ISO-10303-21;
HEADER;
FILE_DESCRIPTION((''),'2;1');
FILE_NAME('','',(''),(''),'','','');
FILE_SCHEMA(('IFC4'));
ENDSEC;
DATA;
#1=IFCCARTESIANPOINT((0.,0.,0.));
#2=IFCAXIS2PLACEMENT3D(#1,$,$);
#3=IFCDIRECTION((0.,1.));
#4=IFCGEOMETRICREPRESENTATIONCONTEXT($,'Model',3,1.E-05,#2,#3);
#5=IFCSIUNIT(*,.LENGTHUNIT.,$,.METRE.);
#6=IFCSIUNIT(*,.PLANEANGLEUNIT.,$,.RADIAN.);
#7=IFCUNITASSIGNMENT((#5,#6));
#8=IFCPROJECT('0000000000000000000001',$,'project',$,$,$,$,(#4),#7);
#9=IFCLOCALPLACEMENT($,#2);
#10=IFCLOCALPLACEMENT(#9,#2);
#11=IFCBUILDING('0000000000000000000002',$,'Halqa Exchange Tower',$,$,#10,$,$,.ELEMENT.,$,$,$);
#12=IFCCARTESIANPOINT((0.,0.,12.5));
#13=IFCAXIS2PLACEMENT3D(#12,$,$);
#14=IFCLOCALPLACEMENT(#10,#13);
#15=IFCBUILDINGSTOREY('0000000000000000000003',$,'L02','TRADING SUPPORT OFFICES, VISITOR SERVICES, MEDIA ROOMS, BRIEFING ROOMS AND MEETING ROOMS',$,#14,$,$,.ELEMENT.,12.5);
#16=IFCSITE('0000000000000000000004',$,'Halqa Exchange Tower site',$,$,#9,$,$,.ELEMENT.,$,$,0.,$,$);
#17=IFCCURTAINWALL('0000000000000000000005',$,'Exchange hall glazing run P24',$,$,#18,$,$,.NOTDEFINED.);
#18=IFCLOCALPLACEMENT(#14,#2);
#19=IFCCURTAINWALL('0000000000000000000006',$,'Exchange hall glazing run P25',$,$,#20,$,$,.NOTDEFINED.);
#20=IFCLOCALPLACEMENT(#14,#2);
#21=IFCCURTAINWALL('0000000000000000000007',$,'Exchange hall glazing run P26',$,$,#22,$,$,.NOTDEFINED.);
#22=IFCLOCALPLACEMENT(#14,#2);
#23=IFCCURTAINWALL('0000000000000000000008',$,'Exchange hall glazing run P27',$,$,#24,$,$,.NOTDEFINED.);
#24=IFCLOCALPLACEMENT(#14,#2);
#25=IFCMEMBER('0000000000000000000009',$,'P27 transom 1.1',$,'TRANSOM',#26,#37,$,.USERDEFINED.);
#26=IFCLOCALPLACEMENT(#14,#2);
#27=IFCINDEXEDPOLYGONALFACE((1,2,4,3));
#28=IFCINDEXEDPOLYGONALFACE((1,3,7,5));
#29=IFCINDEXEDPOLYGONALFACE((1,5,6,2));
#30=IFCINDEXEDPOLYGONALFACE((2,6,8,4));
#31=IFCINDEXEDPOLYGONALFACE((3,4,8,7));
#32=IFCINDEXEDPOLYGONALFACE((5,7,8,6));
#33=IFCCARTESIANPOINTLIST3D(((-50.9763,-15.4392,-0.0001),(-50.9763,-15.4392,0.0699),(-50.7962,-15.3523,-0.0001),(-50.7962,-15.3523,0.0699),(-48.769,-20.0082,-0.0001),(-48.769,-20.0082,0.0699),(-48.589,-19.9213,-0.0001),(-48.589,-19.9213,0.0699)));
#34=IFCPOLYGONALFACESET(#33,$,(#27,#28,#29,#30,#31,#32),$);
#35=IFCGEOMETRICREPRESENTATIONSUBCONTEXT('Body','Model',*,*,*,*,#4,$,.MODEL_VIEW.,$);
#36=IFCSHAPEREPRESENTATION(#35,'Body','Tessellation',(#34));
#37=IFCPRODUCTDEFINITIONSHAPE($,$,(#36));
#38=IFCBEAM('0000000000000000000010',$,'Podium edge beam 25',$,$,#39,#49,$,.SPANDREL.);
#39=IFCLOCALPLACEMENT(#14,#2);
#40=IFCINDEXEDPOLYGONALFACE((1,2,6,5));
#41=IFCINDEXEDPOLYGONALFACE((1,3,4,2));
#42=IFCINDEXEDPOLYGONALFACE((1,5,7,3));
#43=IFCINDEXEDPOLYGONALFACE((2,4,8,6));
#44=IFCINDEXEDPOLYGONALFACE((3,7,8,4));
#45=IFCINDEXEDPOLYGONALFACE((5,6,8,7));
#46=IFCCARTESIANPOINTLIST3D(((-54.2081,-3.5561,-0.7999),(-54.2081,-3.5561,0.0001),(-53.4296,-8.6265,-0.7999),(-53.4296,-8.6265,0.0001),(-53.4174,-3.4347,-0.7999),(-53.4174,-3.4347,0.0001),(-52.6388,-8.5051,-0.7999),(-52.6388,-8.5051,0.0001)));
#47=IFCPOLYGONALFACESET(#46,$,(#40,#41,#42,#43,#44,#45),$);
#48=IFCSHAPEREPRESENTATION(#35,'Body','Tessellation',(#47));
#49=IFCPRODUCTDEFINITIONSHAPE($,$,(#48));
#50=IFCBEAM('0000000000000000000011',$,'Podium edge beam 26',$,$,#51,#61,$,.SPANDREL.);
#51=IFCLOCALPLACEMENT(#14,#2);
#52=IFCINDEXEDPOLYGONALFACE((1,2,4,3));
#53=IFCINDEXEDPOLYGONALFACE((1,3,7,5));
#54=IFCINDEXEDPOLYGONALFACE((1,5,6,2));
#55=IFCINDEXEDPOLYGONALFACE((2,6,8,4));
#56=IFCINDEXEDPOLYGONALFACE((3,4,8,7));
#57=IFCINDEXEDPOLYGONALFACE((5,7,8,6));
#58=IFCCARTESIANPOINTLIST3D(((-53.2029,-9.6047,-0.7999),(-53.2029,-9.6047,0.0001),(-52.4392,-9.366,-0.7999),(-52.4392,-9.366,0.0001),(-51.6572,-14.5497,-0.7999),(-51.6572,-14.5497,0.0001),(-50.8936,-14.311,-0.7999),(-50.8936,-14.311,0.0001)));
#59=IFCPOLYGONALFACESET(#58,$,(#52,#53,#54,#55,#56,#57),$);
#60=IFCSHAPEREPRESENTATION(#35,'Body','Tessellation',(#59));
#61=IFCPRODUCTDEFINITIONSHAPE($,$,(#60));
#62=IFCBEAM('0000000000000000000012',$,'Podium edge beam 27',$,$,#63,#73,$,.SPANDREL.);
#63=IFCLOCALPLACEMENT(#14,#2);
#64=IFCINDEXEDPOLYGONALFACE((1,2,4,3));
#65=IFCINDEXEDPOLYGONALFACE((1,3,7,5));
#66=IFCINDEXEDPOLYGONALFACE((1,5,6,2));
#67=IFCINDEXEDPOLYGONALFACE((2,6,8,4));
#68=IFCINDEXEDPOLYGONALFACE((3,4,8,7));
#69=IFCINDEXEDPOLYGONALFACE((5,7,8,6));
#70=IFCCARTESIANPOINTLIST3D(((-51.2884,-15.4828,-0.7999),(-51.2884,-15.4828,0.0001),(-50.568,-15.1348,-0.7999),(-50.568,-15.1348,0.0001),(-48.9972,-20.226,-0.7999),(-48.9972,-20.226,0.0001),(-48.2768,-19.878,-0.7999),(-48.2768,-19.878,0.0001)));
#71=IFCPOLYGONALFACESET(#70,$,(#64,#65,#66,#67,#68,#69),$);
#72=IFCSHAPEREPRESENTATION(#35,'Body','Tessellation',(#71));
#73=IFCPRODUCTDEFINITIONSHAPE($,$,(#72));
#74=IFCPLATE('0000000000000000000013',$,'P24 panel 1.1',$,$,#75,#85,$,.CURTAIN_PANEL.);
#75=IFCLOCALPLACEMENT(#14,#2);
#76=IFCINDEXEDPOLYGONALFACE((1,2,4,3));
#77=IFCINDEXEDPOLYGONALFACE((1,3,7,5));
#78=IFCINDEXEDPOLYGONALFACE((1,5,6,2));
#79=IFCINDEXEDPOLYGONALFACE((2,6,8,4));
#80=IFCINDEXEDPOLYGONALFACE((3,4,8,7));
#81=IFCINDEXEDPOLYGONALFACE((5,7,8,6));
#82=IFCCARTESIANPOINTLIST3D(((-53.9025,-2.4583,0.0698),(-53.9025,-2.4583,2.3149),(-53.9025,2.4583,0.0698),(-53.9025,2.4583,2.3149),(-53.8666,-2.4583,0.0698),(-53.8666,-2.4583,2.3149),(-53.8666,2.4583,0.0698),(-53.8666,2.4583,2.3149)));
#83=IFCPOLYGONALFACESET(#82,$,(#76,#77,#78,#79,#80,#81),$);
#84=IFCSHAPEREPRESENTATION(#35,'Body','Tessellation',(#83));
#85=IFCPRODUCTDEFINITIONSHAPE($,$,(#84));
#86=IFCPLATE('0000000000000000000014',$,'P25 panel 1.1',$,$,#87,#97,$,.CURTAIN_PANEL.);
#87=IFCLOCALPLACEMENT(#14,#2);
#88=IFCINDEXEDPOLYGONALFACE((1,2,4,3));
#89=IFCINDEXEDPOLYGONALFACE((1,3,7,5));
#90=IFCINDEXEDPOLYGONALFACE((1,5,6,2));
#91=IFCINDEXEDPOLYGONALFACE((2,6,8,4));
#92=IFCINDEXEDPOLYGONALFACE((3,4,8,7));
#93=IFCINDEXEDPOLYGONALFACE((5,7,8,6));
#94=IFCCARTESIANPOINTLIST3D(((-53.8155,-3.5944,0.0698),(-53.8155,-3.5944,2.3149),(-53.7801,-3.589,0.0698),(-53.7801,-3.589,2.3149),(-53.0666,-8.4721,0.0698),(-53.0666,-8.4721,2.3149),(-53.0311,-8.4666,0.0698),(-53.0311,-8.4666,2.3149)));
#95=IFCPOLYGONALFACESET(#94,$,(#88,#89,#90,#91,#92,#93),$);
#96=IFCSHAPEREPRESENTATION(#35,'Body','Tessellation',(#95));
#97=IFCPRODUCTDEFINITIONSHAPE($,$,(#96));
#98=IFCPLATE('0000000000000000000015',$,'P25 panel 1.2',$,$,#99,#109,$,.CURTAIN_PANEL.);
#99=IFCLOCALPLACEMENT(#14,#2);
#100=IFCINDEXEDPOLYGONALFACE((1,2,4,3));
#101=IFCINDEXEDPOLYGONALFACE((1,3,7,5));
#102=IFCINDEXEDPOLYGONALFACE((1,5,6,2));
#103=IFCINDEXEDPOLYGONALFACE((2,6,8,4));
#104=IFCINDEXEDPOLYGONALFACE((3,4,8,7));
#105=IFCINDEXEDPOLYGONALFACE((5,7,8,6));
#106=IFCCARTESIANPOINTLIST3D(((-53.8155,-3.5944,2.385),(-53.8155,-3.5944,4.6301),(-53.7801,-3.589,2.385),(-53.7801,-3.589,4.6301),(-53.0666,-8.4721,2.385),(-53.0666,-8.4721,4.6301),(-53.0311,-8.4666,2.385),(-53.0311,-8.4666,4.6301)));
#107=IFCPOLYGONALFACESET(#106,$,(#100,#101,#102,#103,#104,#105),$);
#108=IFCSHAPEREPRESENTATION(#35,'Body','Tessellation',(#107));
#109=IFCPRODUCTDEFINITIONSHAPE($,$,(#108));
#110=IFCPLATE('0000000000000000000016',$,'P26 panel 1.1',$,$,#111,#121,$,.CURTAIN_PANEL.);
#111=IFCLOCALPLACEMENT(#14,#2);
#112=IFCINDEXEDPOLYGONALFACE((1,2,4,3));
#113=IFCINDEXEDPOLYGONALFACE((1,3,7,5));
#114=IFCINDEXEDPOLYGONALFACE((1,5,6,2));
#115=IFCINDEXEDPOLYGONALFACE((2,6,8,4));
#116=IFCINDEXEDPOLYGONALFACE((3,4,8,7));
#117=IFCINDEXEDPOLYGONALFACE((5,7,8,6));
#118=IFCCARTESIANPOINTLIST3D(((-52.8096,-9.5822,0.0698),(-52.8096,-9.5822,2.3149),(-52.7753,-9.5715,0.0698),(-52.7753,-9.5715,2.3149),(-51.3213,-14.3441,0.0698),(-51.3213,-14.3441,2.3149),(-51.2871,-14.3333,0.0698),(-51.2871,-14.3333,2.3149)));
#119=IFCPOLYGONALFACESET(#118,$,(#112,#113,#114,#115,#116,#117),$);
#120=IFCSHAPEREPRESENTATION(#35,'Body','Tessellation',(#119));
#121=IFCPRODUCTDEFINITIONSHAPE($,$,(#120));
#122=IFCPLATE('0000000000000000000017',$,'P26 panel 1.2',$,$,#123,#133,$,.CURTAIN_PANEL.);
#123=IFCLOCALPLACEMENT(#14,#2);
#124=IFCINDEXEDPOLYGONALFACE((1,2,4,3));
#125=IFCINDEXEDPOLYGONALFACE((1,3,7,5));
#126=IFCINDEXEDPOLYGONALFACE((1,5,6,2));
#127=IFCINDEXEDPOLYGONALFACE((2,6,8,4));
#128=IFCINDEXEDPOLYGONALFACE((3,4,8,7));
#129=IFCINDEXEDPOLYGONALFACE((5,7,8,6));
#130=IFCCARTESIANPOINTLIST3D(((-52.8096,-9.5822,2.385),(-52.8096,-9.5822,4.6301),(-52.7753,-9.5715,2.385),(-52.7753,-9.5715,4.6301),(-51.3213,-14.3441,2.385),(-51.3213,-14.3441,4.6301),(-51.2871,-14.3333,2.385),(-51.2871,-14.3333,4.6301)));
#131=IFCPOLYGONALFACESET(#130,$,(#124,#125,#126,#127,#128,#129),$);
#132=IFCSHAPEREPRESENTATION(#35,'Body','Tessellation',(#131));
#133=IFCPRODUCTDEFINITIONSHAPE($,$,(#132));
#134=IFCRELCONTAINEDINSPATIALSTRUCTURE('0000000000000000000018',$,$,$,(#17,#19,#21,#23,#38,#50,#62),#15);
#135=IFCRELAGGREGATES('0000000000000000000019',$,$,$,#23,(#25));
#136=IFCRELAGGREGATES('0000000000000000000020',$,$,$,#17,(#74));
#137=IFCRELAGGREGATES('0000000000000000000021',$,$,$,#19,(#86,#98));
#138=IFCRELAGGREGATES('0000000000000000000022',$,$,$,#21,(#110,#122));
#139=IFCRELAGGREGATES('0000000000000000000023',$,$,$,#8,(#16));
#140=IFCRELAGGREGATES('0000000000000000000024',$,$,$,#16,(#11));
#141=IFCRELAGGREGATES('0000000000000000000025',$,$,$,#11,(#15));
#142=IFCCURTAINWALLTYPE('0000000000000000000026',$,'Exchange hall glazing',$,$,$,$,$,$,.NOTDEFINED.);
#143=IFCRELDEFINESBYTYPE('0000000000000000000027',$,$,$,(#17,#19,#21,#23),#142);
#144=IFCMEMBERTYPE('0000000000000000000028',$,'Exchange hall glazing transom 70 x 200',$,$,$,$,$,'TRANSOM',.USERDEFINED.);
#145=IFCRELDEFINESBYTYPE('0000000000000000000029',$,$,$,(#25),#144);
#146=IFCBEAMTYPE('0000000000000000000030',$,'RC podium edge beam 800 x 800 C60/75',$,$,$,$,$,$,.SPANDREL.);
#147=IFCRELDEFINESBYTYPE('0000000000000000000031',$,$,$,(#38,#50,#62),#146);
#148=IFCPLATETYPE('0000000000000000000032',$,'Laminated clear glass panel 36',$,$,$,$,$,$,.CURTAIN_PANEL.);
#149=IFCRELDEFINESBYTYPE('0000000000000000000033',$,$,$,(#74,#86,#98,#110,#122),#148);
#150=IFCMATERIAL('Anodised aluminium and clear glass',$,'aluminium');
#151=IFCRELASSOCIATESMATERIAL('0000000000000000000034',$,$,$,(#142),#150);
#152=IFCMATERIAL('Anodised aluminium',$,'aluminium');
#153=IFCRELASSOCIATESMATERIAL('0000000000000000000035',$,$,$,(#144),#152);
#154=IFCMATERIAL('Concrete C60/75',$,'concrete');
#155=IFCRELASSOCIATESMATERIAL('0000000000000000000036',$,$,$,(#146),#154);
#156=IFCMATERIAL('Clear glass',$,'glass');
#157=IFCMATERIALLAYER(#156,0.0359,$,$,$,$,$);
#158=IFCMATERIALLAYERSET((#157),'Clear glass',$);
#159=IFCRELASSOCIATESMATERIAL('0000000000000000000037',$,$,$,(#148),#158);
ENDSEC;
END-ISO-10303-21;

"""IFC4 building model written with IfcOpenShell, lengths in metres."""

from ifc_helpers import new_model, si_unit, direction, frame, origin, origin_2d, place, context, subcontext, project, spatial, rectangle, extrude, material, layer, layer_set, material_profile, profile_set, type_object, element, aggregate, save


model = new_model("IFC4")

# Units and contexts
model_context = context("Model", 3, precision=1e-05, world=origin(), true_north=direction((0.0, 1.0)))
body_context = subcontext(model_context, "Body", "Model", "MODEL_VIEW")
ifc_project = project(units=[si_unit("LENGTHUNIT", "METRE"), si_unit("PLANEANGLEUNIT", "RADIAN")], contexts=[model_context])

# Site, building, storey
site_placement = place(None, origin())
site = spatial("IfcSite", under=ifc_project, at=site_placement, Name="Halqa Exchange Tower site", CompositionType="ELEMENT", RefElevation=0.0)
building_placement = place(site_placement, origin())
building = spatial("IfcBuilding", under=site, at=building_placement, Name="Halqa Exchange Tower", CompositionType="ELEMENT")
storey_placement = place(building_placement, frame((0.0, 0.0, 12.5)))
storey = spatial("IfcBuildingStorey", under=building, at=storey_placement, Name="L02", Description="TRADING SUPPORT OFFICES, VISITOR SERVICES, MEDIA ROOMS, BRIEFING ROOMS AND MEETING ROOMS", CompositionType="ELEMENT", Elevation=12.5)

# Shared definitions
ifc_material_1 = material(Name="Concrete C60/75", Category="concrete")

# Curtain wall
ifc_material_2 = material(Name="Anodised aluminium and clear glass", Category="aluminium")
curtain_wall_type = type_object("IfcCurtainWallType", Name="Exchange hall glazing", PredefinedType="NOTDEFINED", material=ifc_material_2)
curtain_wall_1_placement = place(storey_placement, origin())
curtain_wall_1 = element("IfcCurtainWall", 1, at=curtain_wall_1_placement, inside=storey, type_object=curtain_wall_type, Name="Exchange hall glazing run P24", PredefinedType="NOTDEFINED")
ifc_material_3 = material(Name="Anodised aluminium", Category="aluminium")

# Curtain walls
curtain_wall_2_placement = place(storey_placement, origin())
curtain_wall_2 = element("IfcCurtainWall", 2, at=curtain_wall_2_placement, inside=storey, type_object=curtain_wall_type, Name="Exchange hall glazing run P25", PredefinedType="NOTDEFINED")
curtain_wall_3_placement = place(storey_placement, origin())
curtain_wall_3 = element("IfcCurtainWall", 3, at=curtain_wall_3_placement, inside=storey, type_object=curtain_wall_type, Name="Exchange hall glazing run P26", PredefinedType="NOTDEFINED")

# Curtain wall
curtain_wall_4_placement = place(storey_placement, origin())
curtain_wall_4 = element("IfcCurtainWall", 4, at=curtain_wall_4_placement, inside=storey, type_object=curtain_wall_type, Name="Exchange hall glazing run P27", PredefinedType="NOTDEFINED")

# Member
ifc_material_profile_1 = material_profile(ifc_material_3, rectangle(XDim=0.2, YDim=0.0701, at=origin_2d()), Name="AL 70x200")
ifc_profile_set_1 = profile_set([ifc_material_profile_1], Name="Anodised aluminium")
member_type_1 = type_object("IfcMemberType", Name="Exchange hall glazing transom 70 x 200", ElementType="TRANSOM", PredefinedType="USERDEFINED", material=ifc_profile_set_1)
member_1_placement = place(storey_placement, frame((-50.8862, -15.3958, 0.0349), z_axis=(0.43499, -0.900435, 0.0), x_axis=(0.900435, 0.43499, 0.0)))
member_1 = element("IfcMember", 5, at=member_1_placement, type_object=member_type_1, Name="P27 transom 1.1", ObjectType="TRANSOM", PredefinedType="USERDEFINED", context=body_context, shape_type="SweptSolid", body=[
    extrude(rectangle(XDim=0.2, YDim=0.0701, at=origin_2d()), origin(), (0.0, 0.0, 1.0), 5.0742),
])
aggregate(curtain_wall_4, [member_1])

# Beams
ifc_material_profile_2 = material_profile(ifc_material_1, rectangle(XDim=0.8, YDim=0.8, at=origin_2d()), Name="800 x 800")
ifc_profile_set_2 = profile_set([ifc_material_profile_2], Name="Concrete C60/75")
beam_type = type_object("IfcBeamType", Name="RC podium edge beam 800 x 800 C60/75", PredefinedType="SPANDREL", material=ifc_profile_set_2)
beam_1_placement = place(storey_placement, frame((-53.8127, -3.4954, -0.3999), z_axis=(0.151768, -0.988416, 0.0), x_axis=(0.988416, 0.151768, 0.0)))
element("IfcBeam", 6, at=beam_1_placement, inside=storey, type_object=beam_type, Name="Podium edge beam 25", PredefinedType="SPANDREL", context=body_context, shape_type="SweptSolid", body=[
    extrude(rectangle(XDim=0.8, YDim=0.8, at=origin_2d()), origin(), (0.0, 0.0, 1.0), 5.1299),
])
beam_2_placement = place(storey_placement, frame((-52.821, -9.4854, -0.3999), z_axis=(0.298331, -0.954462, 0.0), x_axis=(0.954462, 0.298331, 0.0)))
element("IfcBeam", 7, at=beam_2_placement, inside=storey, type_object=beam_type, Name="Podium edge beam 26", PredefinedType="SPANDREL", context=body_context, shape_type="SweptSolid", body=[
    extrude(rectangle(XDim=0.8, YDim=0.8, at=origin_2d()), origin(), (0.0, 0.0, 1.0), 5.1809),
])
beam_3_placement = place(storey_placement, frame((-50.9282, -15.3088, -0.3999), z_axis=(0.434973, -0.900443, 0.0), x_axis=(0.900443, 0.434973, 0.0)))
element("IfcBeam", 8, at=beam_3_placement, inside=storey, type_object=beam_type, Name="Podium edge beam 27", PredefinedType="SPANDREL", context=body_context, shape_type="SweptSolid", body=[
    extrude(rectangle(XDim=0.8, YDim=0.8, at=origin_2d()), origin(), (0.0, 0.0, 1.0), 5.2676),
])

# Plates
ifc_material_4 = material(Name="Clear glass", Category="glass")
ifc_layer = layer(ifc_material_4, 0.0359)
ifc_layer_set = layer_set([ifc_layer], Name="Clear glass")
plate_type = type_object("IfcPlateType", Name="Laminated clear glass panel 36", PredefinedType="CURTAIN_PANEL", material=ifc_layer_set)
plate_1_placement = place(storey_placement, frame((-53.8845, 0.0, 0.0698), z_axis=(0.0, 0.0, 1.0), x_axis=(0.0, -1.0, 0.0)))
plate_1 = element("IfcPlate", 9, at=plate_1_placement, type_object=plate_type, Name="P24 panel 1.1", PredefinedType="CURTAIN_PANEL", context=body_context, shape_type="SweptSolid", body=[
    extrude(rectangle(XDim=4.9165, YDim=0.0359, at=origin_2d()), origin(), (0.0, 0.0, 1.0), 2.2451),
])
aggregate(curtain_wall_1, [plate_1])
plate_2_placement = place(storey_placement, frame((-53.4233, -6.0305, 0.0698), z_axis=(0.0, 0.0, 1.0), x_axis=(0.151767, -0.988416, 0.0)))
plate_2 = element("IfcPlate", 10, at=plate_2_placement, type_object=plate_type, Name="P25 panel 1.1", PredefinedType="CURTAIN_PANEL", context=body_context, shape_type="SweptSolid", body=[
    extrude(rectangle(XDim=4.9348, YDim=0.0359, at=origin_2d()), origin(), (0.0, 0.0, 1.0), 2.2451),
])
plate_3_placement = place(storey_placement, frame((-53.4233, -6.0305, 2.385), z_axis=(0.0, 0.0, 1.0), x_axis=(0.151767, -0.988416, 0.0)))
plate_3 = element("IfcPlate", 11, at=plate_3_placement, type_object=plate_type, Name="P25 panel 1.2", PredefinedType="CURTAIN_PANEL", context=body_context, shape_type="SweptSolid", body=[
    extrude(rectangle(XDim=4.9348, YDim=0.0359, at=origin_2d()), origin(), (0.0, 0.0, 1.0), 2.2451),
])
aggregate(curtain_wall_2, [plate_2, plate_3])
plate_4_placement = place(storey_placement, frame((-52.0483, -11.9578, 0.0698), z_axis=(0.0, 0.0, 1.0), x_axis=(0.298303, -0.954471, 0.0)))
plate_4 = element("IfcPlate", 12, at=plate_4_placement, type_object=plate_type, Name="P26 panel 1.1", PredefinedType="CURTAIN_PANEL", context=body_context, shape_type="SweptSolid", body=[
    extrude(rectangle(XDim=4.989, YDim=0.0359, at=origin_2d()), origin(), (0.0, 0.0, 1.0), 2.2451),
])
plate_5_placement = place(storey_placement, frame((-52.0483, -11.9578, 2.385), z_axis=(0.0, 0.0, 1.0), x_axis=(0.298303, -0.954471, 0.0)))
plate_5 = element("IfcPlate", 13, at=plate_5_placement, type_object=plate_type, Name="P26 panel 1.2", PredefinedType="CURTAIN_PANEL", context=body_context, shape_type="SweptSolid", body=[
    extrude(rectangle(XDim=4.989, YDim=0.0359, at=origin_2d()), origin(), (0.0, 0.0, 1.0), 2.2451),
])
aggregate(curtain_wall_3, [plate_4, plate_5])

save(model, "model.ifc")
